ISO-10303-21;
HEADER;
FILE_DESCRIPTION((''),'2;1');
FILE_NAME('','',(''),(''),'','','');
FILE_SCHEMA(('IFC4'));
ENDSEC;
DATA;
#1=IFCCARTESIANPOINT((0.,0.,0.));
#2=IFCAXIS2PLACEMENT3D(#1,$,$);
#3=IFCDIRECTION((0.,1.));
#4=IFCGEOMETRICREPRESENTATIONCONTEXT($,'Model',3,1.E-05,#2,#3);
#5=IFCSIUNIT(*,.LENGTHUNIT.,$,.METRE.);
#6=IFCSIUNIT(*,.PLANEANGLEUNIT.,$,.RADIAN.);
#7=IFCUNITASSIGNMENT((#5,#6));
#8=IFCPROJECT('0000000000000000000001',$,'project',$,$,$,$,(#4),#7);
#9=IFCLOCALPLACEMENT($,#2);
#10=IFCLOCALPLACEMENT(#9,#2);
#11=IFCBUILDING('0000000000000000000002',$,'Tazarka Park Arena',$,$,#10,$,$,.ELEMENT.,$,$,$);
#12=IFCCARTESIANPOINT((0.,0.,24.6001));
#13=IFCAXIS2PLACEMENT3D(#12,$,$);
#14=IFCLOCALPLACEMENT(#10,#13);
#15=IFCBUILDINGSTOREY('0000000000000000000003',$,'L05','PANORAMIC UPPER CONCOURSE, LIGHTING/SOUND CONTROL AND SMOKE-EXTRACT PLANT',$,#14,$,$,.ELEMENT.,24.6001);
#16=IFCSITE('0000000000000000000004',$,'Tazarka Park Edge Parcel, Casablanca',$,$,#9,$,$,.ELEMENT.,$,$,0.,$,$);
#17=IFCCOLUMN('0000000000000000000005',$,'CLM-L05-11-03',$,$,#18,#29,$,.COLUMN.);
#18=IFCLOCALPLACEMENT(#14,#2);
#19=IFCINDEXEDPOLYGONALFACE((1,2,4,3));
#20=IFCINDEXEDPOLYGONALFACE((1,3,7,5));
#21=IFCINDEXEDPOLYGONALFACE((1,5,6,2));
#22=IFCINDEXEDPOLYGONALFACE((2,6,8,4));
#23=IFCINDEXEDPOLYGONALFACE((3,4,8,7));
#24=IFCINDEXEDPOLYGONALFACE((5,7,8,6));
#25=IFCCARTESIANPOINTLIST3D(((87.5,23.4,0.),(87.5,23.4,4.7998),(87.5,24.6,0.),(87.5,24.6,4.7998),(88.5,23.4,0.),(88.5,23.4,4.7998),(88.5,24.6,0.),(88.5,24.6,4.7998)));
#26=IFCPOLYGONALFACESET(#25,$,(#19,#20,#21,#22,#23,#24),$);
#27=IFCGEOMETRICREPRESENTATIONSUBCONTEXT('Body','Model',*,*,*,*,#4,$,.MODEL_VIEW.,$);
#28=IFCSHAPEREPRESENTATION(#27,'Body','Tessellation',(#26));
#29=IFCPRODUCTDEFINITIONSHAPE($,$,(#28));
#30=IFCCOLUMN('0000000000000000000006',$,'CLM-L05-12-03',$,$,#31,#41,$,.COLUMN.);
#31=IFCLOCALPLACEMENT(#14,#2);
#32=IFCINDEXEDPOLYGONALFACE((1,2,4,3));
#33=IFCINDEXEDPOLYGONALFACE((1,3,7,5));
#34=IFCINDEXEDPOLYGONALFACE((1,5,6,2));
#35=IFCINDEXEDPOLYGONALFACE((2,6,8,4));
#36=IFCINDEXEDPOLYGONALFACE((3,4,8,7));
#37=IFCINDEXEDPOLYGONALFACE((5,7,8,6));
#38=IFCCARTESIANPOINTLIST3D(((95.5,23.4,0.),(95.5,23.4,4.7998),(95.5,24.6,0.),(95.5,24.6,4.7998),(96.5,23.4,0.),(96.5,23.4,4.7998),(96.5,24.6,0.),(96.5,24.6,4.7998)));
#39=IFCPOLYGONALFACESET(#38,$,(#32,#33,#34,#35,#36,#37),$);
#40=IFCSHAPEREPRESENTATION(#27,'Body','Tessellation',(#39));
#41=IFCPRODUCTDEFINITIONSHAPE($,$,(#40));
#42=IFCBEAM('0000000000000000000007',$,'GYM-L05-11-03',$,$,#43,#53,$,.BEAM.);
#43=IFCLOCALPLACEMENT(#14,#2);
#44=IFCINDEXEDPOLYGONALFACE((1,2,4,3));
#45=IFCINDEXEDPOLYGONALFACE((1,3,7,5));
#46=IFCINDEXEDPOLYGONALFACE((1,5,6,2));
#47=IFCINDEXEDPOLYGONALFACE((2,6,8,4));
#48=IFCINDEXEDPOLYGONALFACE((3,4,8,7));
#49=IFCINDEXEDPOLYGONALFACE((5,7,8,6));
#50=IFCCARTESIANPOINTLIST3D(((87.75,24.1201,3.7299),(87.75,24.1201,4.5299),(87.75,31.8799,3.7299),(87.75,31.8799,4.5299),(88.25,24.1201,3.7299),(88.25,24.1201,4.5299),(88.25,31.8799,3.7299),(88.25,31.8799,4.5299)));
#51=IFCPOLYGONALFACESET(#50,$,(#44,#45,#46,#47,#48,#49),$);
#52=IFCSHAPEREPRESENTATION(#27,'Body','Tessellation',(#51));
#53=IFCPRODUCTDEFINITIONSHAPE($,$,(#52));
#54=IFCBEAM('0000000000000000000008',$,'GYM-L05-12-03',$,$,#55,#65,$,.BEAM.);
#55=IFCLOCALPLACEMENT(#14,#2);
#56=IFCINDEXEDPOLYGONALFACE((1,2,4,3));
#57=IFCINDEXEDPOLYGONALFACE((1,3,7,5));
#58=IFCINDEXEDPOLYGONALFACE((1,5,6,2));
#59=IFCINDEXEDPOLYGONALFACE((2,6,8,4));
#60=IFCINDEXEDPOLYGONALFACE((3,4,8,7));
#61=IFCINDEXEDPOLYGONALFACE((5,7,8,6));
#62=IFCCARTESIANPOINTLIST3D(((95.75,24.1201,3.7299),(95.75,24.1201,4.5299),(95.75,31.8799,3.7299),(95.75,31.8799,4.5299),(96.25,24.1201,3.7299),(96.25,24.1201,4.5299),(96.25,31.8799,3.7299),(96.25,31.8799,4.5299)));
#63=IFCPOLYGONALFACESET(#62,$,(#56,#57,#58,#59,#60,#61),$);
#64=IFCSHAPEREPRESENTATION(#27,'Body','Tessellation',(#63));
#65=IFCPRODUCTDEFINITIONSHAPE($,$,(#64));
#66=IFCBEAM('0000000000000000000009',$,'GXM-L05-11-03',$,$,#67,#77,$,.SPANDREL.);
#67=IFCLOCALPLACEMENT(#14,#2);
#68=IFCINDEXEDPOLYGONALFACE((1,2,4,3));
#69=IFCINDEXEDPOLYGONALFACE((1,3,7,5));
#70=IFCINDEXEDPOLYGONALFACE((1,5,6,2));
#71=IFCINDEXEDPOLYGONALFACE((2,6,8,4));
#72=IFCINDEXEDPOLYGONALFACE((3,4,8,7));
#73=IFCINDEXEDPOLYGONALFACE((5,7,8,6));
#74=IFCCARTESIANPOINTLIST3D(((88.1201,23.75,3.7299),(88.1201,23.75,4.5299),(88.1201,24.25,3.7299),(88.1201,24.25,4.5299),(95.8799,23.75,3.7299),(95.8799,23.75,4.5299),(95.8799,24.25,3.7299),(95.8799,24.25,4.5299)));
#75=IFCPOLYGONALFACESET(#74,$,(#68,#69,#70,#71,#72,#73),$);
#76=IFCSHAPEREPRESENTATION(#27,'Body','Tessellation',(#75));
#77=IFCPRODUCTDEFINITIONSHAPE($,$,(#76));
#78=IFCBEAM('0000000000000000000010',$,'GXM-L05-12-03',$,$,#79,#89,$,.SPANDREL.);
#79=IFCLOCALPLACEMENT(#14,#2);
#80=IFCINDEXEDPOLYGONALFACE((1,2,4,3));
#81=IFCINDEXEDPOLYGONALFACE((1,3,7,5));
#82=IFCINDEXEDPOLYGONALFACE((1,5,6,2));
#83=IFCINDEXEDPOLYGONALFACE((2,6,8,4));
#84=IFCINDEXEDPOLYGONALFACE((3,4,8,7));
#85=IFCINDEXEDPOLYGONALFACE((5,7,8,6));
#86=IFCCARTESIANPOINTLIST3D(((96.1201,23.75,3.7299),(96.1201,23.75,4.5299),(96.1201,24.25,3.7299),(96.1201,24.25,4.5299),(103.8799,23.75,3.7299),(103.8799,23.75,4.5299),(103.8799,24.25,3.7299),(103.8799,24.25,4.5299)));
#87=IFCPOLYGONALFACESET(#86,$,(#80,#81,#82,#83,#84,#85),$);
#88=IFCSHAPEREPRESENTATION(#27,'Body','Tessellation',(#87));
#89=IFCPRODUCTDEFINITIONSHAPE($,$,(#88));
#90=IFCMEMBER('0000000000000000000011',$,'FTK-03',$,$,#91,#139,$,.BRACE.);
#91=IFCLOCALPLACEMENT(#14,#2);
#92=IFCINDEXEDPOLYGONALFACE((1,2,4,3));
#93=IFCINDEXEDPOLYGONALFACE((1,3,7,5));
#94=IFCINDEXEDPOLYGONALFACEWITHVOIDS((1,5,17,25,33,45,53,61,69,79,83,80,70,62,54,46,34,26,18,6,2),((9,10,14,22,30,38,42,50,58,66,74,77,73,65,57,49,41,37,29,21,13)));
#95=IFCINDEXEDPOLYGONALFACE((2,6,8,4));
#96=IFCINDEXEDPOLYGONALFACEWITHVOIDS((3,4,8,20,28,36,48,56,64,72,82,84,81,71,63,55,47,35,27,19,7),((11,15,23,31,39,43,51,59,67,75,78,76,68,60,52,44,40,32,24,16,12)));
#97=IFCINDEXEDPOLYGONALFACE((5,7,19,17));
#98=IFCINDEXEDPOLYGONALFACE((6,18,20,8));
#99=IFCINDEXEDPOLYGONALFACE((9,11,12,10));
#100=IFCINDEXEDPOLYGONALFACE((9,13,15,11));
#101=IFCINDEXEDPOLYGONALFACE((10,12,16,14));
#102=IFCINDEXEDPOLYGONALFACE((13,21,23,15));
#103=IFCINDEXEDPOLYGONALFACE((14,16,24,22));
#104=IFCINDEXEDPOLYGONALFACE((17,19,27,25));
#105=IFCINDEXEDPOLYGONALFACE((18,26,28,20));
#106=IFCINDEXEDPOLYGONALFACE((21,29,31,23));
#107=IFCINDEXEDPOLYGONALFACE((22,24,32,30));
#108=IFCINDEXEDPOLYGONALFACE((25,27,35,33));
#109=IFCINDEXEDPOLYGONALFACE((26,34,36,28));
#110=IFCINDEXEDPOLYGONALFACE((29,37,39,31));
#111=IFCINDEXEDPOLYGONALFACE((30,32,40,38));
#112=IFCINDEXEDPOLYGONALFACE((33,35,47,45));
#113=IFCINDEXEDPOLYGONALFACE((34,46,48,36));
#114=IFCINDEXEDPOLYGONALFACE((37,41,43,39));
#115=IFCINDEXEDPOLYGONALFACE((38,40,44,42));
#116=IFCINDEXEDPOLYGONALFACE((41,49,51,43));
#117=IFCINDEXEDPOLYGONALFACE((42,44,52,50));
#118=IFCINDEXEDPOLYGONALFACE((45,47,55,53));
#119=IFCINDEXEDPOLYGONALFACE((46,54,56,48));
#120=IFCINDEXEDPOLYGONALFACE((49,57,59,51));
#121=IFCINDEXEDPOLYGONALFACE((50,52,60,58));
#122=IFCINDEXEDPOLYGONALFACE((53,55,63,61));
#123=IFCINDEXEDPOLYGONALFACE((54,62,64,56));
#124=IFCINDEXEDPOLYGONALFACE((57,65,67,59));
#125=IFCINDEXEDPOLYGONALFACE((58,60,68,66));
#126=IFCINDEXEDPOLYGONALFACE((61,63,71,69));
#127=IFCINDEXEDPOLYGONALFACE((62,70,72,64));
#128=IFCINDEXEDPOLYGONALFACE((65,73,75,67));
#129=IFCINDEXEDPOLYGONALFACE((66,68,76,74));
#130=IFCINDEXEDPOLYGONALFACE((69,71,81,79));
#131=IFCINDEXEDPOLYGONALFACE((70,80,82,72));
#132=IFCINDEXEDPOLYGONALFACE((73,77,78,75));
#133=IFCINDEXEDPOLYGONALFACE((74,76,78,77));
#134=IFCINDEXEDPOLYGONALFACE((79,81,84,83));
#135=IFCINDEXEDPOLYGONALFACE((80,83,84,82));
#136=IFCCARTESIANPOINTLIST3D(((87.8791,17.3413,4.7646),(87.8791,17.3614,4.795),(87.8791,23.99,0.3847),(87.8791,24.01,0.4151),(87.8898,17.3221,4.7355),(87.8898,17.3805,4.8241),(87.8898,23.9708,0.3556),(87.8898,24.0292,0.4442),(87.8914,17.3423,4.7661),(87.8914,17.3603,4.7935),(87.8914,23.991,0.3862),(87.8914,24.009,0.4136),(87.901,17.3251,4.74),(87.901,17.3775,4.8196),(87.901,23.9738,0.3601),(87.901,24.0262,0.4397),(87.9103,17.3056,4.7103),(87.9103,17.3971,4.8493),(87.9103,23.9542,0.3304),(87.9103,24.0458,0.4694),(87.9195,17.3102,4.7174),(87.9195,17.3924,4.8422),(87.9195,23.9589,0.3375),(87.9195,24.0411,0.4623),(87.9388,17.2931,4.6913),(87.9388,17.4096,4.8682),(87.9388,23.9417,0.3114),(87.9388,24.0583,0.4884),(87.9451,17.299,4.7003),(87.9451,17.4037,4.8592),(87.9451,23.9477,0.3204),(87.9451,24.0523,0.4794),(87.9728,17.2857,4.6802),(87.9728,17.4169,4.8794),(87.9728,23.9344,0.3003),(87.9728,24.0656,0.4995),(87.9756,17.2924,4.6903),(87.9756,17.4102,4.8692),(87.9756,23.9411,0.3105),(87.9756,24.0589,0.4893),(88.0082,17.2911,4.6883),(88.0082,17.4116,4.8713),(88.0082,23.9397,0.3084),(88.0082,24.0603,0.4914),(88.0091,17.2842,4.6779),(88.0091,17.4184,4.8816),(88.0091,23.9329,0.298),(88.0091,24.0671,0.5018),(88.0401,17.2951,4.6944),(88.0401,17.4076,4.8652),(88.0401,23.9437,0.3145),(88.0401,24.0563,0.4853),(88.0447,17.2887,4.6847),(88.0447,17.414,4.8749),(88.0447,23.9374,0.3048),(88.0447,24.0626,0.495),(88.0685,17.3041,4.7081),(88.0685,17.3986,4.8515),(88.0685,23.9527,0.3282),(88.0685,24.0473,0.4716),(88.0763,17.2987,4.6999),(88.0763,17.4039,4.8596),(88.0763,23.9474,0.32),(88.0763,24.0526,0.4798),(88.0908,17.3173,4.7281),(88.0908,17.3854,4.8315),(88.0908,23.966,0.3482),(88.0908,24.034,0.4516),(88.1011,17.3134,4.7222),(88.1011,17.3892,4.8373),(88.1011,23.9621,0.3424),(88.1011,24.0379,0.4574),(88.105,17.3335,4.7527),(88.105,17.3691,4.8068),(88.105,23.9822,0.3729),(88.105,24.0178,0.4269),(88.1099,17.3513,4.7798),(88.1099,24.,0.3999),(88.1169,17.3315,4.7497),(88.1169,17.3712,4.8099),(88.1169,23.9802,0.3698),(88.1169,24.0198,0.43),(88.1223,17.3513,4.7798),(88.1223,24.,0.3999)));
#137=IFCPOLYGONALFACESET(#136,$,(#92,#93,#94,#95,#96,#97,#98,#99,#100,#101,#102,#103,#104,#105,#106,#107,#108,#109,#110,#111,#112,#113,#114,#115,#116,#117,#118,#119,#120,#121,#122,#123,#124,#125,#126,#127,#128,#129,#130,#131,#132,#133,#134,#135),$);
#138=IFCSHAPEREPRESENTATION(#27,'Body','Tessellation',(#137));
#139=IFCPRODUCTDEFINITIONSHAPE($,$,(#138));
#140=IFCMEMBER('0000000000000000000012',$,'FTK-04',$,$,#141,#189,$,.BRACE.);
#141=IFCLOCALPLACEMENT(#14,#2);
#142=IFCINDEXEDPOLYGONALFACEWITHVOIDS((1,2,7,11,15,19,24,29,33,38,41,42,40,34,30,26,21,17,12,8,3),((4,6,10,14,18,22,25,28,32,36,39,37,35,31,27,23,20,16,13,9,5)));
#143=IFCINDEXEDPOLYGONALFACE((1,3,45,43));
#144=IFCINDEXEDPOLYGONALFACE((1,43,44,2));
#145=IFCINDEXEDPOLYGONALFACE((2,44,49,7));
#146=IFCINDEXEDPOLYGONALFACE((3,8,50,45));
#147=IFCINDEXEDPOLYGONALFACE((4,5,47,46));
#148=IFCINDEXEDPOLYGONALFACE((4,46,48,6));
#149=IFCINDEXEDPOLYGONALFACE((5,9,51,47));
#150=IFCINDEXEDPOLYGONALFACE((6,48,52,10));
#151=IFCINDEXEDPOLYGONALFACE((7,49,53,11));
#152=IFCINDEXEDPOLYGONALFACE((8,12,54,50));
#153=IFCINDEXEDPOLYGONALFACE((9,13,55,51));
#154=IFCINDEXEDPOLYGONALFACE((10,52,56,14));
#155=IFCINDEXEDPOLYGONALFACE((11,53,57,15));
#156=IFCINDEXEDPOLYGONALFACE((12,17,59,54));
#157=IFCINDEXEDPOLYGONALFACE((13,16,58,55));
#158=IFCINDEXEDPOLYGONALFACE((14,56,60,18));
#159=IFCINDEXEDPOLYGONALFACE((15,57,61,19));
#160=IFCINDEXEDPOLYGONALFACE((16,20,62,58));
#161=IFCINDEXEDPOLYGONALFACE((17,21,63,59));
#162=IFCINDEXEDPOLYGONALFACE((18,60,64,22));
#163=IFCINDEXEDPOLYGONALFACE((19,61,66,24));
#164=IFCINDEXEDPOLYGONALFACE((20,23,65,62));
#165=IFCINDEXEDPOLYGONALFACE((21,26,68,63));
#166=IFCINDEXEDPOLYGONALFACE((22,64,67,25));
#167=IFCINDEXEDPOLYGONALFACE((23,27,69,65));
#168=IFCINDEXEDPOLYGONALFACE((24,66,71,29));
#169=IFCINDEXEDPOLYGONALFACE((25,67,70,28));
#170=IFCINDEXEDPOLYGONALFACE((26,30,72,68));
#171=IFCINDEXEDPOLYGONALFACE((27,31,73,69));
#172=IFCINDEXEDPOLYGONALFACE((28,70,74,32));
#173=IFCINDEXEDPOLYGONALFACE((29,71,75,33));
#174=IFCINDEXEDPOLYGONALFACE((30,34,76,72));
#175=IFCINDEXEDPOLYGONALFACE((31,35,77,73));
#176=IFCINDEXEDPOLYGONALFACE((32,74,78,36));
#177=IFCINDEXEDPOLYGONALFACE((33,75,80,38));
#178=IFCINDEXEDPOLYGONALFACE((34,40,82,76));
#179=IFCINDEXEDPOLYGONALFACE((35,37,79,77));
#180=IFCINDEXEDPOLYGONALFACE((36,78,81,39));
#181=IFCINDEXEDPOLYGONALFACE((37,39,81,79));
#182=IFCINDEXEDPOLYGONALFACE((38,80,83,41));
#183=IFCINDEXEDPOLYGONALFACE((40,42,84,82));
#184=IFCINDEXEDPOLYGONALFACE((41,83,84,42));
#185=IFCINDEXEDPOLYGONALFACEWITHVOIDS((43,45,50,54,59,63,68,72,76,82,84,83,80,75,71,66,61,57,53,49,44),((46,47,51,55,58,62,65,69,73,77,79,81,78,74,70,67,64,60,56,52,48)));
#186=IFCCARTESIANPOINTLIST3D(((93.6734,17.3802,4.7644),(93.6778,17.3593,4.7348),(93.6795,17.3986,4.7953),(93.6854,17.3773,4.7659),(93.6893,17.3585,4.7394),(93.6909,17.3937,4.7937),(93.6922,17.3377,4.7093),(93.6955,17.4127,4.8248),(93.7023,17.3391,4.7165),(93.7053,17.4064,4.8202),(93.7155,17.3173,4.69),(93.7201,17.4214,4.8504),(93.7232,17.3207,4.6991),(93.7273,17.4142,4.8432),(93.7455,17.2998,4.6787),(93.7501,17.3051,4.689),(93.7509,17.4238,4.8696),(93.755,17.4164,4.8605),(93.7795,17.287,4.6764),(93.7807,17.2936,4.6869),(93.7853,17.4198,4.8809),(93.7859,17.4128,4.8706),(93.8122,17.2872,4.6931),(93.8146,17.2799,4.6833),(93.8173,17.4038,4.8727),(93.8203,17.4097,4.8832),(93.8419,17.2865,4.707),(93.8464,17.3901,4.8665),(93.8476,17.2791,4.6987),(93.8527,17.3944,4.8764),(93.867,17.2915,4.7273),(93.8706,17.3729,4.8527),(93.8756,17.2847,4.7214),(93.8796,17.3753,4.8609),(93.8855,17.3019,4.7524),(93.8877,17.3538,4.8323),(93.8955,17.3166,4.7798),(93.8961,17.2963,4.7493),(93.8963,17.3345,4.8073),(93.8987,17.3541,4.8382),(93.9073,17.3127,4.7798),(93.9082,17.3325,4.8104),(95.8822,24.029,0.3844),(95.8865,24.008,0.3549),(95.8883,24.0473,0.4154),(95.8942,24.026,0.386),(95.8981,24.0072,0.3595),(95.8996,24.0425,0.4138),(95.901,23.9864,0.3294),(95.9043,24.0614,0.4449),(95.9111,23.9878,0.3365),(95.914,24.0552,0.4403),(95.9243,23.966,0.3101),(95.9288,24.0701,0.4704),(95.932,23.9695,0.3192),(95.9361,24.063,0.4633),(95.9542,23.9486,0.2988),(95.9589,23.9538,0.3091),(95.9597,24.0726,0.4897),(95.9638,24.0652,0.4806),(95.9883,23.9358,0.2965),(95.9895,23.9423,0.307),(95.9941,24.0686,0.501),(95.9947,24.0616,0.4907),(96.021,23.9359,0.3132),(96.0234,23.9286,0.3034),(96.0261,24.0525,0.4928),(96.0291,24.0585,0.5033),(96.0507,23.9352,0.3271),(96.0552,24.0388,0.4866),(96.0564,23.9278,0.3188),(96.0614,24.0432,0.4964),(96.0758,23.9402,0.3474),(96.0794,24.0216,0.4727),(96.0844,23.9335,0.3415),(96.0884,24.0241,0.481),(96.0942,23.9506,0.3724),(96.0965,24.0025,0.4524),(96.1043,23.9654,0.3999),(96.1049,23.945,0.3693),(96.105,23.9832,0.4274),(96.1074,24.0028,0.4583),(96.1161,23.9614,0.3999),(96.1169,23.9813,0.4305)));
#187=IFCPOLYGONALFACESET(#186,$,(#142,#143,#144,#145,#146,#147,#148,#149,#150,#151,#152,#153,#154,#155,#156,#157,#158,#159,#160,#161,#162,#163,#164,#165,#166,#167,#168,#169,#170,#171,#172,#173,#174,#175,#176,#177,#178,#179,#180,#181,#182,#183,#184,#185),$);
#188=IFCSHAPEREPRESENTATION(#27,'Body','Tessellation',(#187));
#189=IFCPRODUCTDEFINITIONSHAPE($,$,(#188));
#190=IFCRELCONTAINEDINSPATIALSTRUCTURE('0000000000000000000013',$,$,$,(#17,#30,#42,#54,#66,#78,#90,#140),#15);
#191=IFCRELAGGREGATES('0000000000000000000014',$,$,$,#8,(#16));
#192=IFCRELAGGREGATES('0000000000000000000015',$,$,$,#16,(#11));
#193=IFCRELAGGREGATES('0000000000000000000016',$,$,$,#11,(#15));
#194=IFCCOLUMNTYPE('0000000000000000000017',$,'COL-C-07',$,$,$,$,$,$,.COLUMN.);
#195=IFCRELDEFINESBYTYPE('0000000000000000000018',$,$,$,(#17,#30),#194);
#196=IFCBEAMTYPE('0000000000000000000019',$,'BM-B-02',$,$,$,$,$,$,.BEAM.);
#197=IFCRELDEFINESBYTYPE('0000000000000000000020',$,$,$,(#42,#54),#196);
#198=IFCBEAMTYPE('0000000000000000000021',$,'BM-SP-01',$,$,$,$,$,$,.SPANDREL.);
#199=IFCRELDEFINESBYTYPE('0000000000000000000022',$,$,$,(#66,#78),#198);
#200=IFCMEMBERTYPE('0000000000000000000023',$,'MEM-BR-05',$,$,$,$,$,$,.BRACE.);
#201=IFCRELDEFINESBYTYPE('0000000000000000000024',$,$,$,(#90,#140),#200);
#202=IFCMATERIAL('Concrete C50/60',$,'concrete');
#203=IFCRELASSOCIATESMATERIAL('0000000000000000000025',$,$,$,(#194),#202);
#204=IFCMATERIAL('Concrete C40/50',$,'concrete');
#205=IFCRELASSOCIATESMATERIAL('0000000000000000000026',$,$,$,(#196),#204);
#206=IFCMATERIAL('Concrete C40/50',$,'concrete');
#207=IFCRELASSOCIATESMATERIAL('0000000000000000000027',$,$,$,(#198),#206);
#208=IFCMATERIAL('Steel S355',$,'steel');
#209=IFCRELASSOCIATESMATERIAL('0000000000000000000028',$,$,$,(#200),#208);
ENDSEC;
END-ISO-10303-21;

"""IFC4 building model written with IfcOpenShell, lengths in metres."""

from ifc_helpers import new_model, si_unit, direction, frame, origin, origin_2d, place, context, subcontext, project, spatial, rectangle, hollow_circle, extrude, material, material_profile, profile_set, type_object, element, save


model = new_model("IFC4")

# Units and contexts
model_context = context("Model", 3, precision=1e-05, world=origin(), true_north=direction((0.0, 1.0)))
body_context = subcontext(model_context, "Body", "Model", "MODEL_VIEW")
ifc_project = project(units=[si_unit("LENGTHUNIT", "METRE"), si_unit("PLANEANGLEUNIT", "RADIAN")], contexts=[model_context])

# Site, building, storey
site_placement = place(None, origin())
site = spatial("IfcSite", under=ifc_project, at=site_placement, Name="Tazarka Park Edge Parcel, Casablanca", CompositionType="ELEMENT", RefElevation=0.0)
building_placement = place(site_placement, origin())
building = spatial("IfcBuilding", under=site, at=building_placement, Name="Tazarka Park Arena", CompositionType="ELEMENT")
storey_placement = place(building_placement, frame((0.0, 0.0, 24.6001)))
storey = spatial("IfcBuildingStorey", under=building, at=storey_placement, Name="L05", Description="PANORAMIC UPPER CONCOURSE, LIGHTING/SOUND CONTROL AND SMOKE-EXTRACT PLANT", CompositionType="ELEMENT", Elevation=24.6001)

# Columns
ifc_material_1 = material(Name="Concrete C50/60", Category="concrete")
ifc_material_profile_1 = material_profile(ifc_material_1, rectangle(XDim=1.0, YDim=1.2, at=origin_2d()), Name="Concrete C50/60")
ifc_profile_set_1 = profile_set([ifc_material_profile_1], Name="Concrete C50/60")
column_type = type_object("IfcColumnType", Name="COL-C-07", PredefinedType="COLUMN", material=ifc_profile_set_1)
for number, where, z_axis, x_axis, name in (
    (1, (88.0, 24.0, 0.0), (0.0, 0.0, 1.0), (1.0, 0.0, 0.0), "CLM-L05-11-03"),
    (2, (96.0, 24.0, 0.0), (0.0, 0.0, 1.0), (1.0, 0.0, 0.0), "CLM-L05-12-03"),
):
    element("IfcColumn", number, at=place(storey_placement, frame(where, z_axis=z_axis, x_axis=x_axis)), inside=storey, type_object=column_type, Name=name, PredefinedType="COLUMN", context=body_context, shape_type="SweptSolid", body=[
        extrude(rectangle(XDim=1.0, YDim=1.2, at=origin_2d()), origin(), (0.0, 0.0, 1.0), 4.7998),
    ])

# Beams
ifc_material_2 = material(Name="Concrete C40/50", Category="concrete")
ifc_material_profile_2 = material_profile(ifc_material_2, rectangle(XDim=0.5, YDim=0.8, at=origin_2d()), Name="Concrete C40/50")
ifc_profile_set_2 = profile_set([ifc_material_profile_2], Name="Concrete C40/50")
beam_type_1 = type_object("IfcBeamType", Name="BM-B-02", PredefinedType="BEAM", material=ifc_profile_set_2)
for number, where, z_axis, x_axis, name in (
    (3, (88.0, 24.1201, 4.1299), (0.0, 1.0, 0.0), (-1.0, 0.0, 0.0), "GYM-L05-11-03"),
    (4, (96.0, 24.1201, 4.1299), (0.0, 1.0, 0.0), (-1.0, 0.0, 0.0), "GYM-L05-12-03"),
):
    element("IfcBeam", number, at=place(storey_placement, frame(where, z_axis=z_axis, x_axis=x_axis)), inside=storey, type_object=beam_type_1, Name=name, PredefinedType="BEAM", context=body_context, shape_type="SweptSolid", body=[
        extrude(rectangle(XDim=0.5, YDim=0.8, at=origin_2d()), origin(), (0.0, 0.0, 1.0), 7.7598),
    ])
ifc_material_3 = material(Name="Concrete C40/50", Category="concrete")
ifc_material_profile_3 = material_profile(ifc_material_3, rectangle(XDim=0.5, YDim=0.8, at=origin_2d()), Name="Concrete C40/50")
ifc_profile_set_3 = profile_set([ifc_material_profile_3], Name="Concrete C40/50")
beam_type_2 = type_object("IfcBeamType", Name="BM-SP-01", PredefinedType="SPANDREL", material=ifc_profile_set_3)
for number, where, z_axis, x_axis, name in (
    (5, (88.1201, 24.0, 4.1299), (1.0, 0.0, 0.0), (0.0, 1.0, 0.0), "GXM-L05-11-03"),
    (6, (96.1201, 24.0, 4.1299), (1.0, 0.0, 0.0), (0.0, 1.0, 0.0), "GXM-L05-12-03"),
):
    element("IfcBeam", number, at=place(storey_placement, frame(where, z_axis=z_axis, x_axis=x_axis)), inside=storey, type_object=beam_type_2, Name=name, PredefinedType="SPANDREL", context=body_context, shape_type="SweptSolid", body=[
        extrude(rectangle(XDim=0.5, YDim=0.8, at=origin_2d()), origin(), (0.0, 0.0, 1.0), 7.7598),
    ])

# Members
ifc_material_4 = material(Name="Steel S355", Category="steel")
ifc_material_profile_4 = material_profile(ifc_material_4, hollow_circle(Radius=0.1223, WallThickness=0.0125, at=origin_2d()), Name="Steel S355")
ifc_profile_set_4 = profile_set([ifc_material_profile_4], Name="Steel S355")
member_type_1 = type_object("IfcMemberType", Name="MEM-BR-05", PredefinedType="BRACE", material=ifc_profile_set_4)
member_1_placement = place(storey_placement, frame((88.0, 24.0, 0.3999), z_axis=(0.0, -0.835085, 0.55012), x_axis=(1.0, 0.0, 0.0)))
element("IfcMember", 7, at=member_1_placement, inside=storey, type_object=member_type_1, Name="FTK-03", PredefinedType="BRACE", context=body_context, shape_type="SweptSolid", body=[
    extrude(hollow_circle(Radius=0.1223, WallThickness=0.0125, at=origin_2d()), origin(), (0.0, 0.0, 1.0), 7.9617),
])
member_2_placement = place(storey_placement, frame((96.0, 24.0, 0.3999), z_axis=(-0.267325, -0.804694, 0.5301), x_axis=(0.949003, -0.315266, 0.0)))
element("IfcMember", 8, at=member_2_placement, inside=storey, type_object=member_type_1, Name="FTK-04", PredefinedType="BRACE", context=body_context, shape_type="SweptSolid", body=[
    extrude(hollow_circle(Radius=0.1223, WallThickness=0.0125, at=origin_2d()), origin(), (0.0, 0.0, 1.0), 8.2625),
])

save(model, "model.ifc")
